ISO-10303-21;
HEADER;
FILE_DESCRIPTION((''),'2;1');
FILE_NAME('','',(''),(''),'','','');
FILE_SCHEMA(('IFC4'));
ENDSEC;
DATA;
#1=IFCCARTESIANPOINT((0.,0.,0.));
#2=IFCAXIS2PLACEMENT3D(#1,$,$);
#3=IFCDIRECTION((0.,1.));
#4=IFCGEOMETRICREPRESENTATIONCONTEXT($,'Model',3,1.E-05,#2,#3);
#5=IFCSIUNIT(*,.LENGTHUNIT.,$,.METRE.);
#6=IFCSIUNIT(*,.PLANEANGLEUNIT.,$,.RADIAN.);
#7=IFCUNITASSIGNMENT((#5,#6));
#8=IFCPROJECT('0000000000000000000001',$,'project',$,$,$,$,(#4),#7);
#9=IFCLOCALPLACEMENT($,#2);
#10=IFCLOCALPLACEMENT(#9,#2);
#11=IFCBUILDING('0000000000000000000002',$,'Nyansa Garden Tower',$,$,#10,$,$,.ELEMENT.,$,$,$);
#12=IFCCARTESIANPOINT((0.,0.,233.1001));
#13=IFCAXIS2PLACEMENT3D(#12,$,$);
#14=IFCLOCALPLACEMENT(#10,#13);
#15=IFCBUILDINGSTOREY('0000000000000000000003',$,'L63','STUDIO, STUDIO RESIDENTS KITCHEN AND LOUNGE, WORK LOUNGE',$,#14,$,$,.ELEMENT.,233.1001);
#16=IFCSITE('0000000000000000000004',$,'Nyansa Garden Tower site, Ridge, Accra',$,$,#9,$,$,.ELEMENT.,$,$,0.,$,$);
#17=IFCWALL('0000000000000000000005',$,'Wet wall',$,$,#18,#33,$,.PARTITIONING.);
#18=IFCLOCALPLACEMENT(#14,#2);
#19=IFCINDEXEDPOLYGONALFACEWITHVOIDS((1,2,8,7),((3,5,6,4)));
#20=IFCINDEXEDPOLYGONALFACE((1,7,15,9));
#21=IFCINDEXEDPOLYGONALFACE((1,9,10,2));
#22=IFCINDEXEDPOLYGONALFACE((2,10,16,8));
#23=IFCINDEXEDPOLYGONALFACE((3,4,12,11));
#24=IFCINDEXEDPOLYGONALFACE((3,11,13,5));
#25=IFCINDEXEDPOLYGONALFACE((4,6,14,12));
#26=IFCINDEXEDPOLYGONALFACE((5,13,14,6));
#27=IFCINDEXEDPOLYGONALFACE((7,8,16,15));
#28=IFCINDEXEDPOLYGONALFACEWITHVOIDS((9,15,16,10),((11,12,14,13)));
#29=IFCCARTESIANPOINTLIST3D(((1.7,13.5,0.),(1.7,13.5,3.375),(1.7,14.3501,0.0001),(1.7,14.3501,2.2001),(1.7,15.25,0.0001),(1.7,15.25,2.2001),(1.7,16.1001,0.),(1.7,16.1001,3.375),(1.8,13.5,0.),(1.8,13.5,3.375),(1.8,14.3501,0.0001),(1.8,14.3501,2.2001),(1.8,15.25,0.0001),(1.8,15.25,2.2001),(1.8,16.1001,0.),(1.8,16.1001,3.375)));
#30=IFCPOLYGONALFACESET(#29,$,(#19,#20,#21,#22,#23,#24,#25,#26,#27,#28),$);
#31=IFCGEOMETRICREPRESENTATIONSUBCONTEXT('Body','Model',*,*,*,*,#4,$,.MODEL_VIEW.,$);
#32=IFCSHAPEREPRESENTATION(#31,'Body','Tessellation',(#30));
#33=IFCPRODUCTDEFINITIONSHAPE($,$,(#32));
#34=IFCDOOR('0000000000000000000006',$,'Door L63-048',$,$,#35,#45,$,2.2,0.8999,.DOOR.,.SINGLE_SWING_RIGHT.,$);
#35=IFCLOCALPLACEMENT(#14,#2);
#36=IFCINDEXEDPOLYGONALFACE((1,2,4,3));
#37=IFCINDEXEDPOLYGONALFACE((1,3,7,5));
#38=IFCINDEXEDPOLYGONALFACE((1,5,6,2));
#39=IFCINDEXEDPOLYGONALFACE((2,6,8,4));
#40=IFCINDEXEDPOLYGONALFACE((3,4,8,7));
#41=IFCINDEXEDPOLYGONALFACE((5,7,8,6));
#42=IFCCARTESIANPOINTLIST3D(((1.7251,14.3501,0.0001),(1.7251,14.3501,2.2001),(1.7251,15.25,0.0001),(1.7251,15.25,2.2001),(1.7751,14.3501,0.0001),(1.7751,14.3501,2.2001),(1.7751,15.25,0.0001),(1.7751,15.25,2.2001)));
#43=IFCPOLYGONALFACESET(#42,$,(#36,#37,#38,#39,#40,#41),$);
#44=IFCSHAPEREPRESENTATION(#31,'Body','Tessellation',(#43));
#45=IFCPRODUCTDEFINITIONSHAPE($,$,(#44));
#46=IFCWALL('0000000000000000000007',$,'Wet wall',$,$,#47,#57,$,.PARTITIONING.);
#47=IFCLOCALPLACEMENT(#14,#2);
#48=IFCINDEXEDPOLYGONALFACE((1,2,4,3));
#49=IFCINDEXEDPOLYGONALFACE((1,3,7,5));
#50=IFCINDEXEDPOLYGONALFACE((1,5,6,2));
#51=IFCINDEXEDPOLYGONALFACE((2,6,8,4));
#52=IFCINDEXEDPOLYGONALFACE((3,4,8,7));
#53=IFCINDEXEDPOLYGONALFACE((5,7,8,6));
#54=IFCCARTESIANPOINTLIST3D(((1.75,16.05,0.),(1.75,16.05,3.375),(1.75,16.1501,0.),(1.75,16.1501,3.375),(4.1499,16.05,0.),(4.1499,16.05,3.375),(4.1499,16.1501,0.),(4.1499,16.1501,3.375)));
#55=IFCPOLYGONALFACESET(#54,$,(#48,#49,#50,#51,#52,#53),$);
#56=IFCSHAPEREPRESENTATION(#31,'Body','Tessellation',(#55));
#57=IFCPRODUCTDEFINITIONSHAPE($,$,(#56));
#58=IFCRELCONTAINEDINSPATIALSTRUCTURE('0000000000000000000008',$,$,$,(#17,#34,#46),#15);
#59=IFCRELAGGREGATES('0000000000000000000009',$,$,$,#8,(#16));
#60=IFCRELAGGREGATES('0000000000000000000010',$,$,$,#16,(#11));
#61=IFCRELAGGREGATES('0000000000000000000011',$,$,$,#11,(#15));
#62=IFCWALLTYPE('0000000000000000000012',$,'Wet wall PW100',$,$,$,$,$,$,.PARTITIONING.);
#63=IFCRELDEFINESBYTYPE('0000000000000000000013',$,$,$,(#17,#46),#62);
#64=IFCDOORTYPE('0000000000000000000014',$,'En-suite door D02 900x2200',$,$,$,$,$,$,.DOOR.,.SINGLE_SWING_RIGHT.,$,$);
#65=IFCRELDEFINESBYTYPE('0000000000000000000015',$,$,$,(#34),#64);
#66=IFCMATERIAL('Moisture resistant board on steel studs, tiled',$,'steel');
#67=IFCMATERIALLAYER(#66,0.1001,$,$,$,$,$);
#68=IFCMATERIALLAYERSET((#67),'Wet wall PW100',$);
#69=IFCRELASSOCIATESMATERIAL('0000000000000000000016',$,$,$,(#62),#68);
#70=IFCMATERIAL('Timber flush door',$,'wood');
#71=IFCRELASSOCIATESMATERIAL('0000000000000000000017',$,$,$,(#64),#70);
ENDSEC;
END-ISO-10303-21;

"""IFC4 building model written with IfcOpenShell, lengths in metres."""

from ifc_helpers import new_model, si_unit, direction, frame, frame_2d, origin, place, context, subcontext, project, spatial, rectangle, extrude, material, layer, layer_set, type_object, element, fill, save


model = new_model("IFC4")

# Units and contexts
model_context = context("Model", 3, precision=1e-05, world=origin(), true_north=direction((0.0, 1.0)))
body_context = subcontext(model_context, "Body", "Model", "MODEL_VIEW")
ifc_project = project(units=[si_unit("LENGTHUNIT", "METRE"), si_unit("PLANEANGLEUNIT", "RADIAN")], contexts=[model_context])

# Site, building, storey
site_placement = place(None, origin())
site = spatial("IfcSite", under=ifc_project, at=site_placement, Name="Nyansa Garden Tower site, Ridge, Accra", CompositionType="ELEMENT", RefElevation=0.0)
building_placement = place(site_placement, origin())
building = spatial("IfcBuilding", under=site, at=building_placement, Name="Nyansa Garden Tower", CompositionType="ELEMENT")
storey_placement = place(building_placement, frame((0.0, 0.0, 233.1001)))
storey = spatial("IfcBuildingStorey", under=building, at=storey_placement, Name="L63", Description="STUDIO, STUDIO RESIDENTS KITCHEN AND LOUNGE, WORK LOUNGE", CompositionType="ELEMENT", Elevation=233.1001)

# Wall, opening, door
ifc_material_1 = material(Name="Moisture resistant board on steel studs, tiled", Category="steel")
ifc_layer_1 = layer(ifc_material_1, 0.1001)
ifc_layer_set_1 = layer_set([ifc_layer_1], Name="Wet wall PW100")
wall_type_1 = type_object("IfcWallType", Name="Wet wall PW100", PredefinedType="PARTITIONING", material=ifc_layer_set_1)
wall_1_placement = place(storey_placement, frame((1.75, 13.5, 0.0), z_axis=(0.0, 0.0, 1.0), x_axis=(0.0, 1.0, 0.0)))
wall_1 = element("IfcWall", 1, at=wall_1_placement, inside=storey, type_object=wall_type_1, Name="Wet wall", PredefinedType="PARTITIONING", context=body_context, shape_type="SweptSolid", body=[
    extrude(rectangle(XDim=2.6001, YDim=0.1001, at=frame_2d((1.3, 0.0))), origin(), (0.0, 0.0, 1.0), 3.375),
])
opening_1_placement = place(wall_1_placement, frame((0.8501, 0.0, 0.0)))
opening_1 = element("IfcOpeningElement", 2, at=opening_1_placement, cuts=wall_1, PredefinedType="OPENING", context=body_context, shape_type="SweptSolid", body=[
    extrude(rectangle(XDim=0.8999, YDim=2.2, at=frame_2d((0.45, 1.1001))), frame((0.0, 0.0601, 0.0), z_axis=(0.0, -1.0, 0.0), x_axis=(1.0, 0.0, 0.0)), (0.0, 0.0, 1.0), 0.1201),
])
ifc_material_2 = material(Name="Timber flush door", Category="wood")
door_type = type_object("IfcDoorType", Name="En-suite door D02 900x2200", OperationType="SINGLE_SWING_RIGHT", PredefinedType="DOOR", material=ifc_material_2)
door_placement = place(opening_1_placement, origin())
door = element("IfcDoor", 3, at=door_placement, inside=storey, type_object=door_type, Name="Door L63-048", OperationType="SINGLE_SWING_RIGHT", OverallHeight=2.2, OverallWidth=0.8999, PredefinedType="DOOR", context=body_context, shape_type="SweptSolid", body=[
    extrude(rectangle(XDim=0.8999, YDim=2.2, at=frame_2d((0.45, 1.1001))), frame((0.0, 0.0249, 0.0), z_axis=(0.0, -1.0, 0.0), x_axis=(1.0, 0.0, 0.0)), (0.0, 0.0, 1.0), 0.05),
])
fill(opening_1, door)

# Wall
wall_2_placement = place(storey_placement, frame((1.75, 16.1001, 0.0), z_axis=(0.0, 0.0, 1.0), x_axis=(1.0, 0.0, 0.0)))
element("IfcWall", 4, at=wall_2_placement, inside=storey, type_object=wall_type_1, Name="Wet wall", PredefinedType="PARTITIONING", context=body_context, shape_type="SweptSolid", body=[
    extrude(rectangle(XDim=2.3999, YDim=0.1001, at=frame_2d((1.2, 0.0))), origin(), (0.0, 0.0, 1.0), 3.375),
])

save(model, "model.ifc")
